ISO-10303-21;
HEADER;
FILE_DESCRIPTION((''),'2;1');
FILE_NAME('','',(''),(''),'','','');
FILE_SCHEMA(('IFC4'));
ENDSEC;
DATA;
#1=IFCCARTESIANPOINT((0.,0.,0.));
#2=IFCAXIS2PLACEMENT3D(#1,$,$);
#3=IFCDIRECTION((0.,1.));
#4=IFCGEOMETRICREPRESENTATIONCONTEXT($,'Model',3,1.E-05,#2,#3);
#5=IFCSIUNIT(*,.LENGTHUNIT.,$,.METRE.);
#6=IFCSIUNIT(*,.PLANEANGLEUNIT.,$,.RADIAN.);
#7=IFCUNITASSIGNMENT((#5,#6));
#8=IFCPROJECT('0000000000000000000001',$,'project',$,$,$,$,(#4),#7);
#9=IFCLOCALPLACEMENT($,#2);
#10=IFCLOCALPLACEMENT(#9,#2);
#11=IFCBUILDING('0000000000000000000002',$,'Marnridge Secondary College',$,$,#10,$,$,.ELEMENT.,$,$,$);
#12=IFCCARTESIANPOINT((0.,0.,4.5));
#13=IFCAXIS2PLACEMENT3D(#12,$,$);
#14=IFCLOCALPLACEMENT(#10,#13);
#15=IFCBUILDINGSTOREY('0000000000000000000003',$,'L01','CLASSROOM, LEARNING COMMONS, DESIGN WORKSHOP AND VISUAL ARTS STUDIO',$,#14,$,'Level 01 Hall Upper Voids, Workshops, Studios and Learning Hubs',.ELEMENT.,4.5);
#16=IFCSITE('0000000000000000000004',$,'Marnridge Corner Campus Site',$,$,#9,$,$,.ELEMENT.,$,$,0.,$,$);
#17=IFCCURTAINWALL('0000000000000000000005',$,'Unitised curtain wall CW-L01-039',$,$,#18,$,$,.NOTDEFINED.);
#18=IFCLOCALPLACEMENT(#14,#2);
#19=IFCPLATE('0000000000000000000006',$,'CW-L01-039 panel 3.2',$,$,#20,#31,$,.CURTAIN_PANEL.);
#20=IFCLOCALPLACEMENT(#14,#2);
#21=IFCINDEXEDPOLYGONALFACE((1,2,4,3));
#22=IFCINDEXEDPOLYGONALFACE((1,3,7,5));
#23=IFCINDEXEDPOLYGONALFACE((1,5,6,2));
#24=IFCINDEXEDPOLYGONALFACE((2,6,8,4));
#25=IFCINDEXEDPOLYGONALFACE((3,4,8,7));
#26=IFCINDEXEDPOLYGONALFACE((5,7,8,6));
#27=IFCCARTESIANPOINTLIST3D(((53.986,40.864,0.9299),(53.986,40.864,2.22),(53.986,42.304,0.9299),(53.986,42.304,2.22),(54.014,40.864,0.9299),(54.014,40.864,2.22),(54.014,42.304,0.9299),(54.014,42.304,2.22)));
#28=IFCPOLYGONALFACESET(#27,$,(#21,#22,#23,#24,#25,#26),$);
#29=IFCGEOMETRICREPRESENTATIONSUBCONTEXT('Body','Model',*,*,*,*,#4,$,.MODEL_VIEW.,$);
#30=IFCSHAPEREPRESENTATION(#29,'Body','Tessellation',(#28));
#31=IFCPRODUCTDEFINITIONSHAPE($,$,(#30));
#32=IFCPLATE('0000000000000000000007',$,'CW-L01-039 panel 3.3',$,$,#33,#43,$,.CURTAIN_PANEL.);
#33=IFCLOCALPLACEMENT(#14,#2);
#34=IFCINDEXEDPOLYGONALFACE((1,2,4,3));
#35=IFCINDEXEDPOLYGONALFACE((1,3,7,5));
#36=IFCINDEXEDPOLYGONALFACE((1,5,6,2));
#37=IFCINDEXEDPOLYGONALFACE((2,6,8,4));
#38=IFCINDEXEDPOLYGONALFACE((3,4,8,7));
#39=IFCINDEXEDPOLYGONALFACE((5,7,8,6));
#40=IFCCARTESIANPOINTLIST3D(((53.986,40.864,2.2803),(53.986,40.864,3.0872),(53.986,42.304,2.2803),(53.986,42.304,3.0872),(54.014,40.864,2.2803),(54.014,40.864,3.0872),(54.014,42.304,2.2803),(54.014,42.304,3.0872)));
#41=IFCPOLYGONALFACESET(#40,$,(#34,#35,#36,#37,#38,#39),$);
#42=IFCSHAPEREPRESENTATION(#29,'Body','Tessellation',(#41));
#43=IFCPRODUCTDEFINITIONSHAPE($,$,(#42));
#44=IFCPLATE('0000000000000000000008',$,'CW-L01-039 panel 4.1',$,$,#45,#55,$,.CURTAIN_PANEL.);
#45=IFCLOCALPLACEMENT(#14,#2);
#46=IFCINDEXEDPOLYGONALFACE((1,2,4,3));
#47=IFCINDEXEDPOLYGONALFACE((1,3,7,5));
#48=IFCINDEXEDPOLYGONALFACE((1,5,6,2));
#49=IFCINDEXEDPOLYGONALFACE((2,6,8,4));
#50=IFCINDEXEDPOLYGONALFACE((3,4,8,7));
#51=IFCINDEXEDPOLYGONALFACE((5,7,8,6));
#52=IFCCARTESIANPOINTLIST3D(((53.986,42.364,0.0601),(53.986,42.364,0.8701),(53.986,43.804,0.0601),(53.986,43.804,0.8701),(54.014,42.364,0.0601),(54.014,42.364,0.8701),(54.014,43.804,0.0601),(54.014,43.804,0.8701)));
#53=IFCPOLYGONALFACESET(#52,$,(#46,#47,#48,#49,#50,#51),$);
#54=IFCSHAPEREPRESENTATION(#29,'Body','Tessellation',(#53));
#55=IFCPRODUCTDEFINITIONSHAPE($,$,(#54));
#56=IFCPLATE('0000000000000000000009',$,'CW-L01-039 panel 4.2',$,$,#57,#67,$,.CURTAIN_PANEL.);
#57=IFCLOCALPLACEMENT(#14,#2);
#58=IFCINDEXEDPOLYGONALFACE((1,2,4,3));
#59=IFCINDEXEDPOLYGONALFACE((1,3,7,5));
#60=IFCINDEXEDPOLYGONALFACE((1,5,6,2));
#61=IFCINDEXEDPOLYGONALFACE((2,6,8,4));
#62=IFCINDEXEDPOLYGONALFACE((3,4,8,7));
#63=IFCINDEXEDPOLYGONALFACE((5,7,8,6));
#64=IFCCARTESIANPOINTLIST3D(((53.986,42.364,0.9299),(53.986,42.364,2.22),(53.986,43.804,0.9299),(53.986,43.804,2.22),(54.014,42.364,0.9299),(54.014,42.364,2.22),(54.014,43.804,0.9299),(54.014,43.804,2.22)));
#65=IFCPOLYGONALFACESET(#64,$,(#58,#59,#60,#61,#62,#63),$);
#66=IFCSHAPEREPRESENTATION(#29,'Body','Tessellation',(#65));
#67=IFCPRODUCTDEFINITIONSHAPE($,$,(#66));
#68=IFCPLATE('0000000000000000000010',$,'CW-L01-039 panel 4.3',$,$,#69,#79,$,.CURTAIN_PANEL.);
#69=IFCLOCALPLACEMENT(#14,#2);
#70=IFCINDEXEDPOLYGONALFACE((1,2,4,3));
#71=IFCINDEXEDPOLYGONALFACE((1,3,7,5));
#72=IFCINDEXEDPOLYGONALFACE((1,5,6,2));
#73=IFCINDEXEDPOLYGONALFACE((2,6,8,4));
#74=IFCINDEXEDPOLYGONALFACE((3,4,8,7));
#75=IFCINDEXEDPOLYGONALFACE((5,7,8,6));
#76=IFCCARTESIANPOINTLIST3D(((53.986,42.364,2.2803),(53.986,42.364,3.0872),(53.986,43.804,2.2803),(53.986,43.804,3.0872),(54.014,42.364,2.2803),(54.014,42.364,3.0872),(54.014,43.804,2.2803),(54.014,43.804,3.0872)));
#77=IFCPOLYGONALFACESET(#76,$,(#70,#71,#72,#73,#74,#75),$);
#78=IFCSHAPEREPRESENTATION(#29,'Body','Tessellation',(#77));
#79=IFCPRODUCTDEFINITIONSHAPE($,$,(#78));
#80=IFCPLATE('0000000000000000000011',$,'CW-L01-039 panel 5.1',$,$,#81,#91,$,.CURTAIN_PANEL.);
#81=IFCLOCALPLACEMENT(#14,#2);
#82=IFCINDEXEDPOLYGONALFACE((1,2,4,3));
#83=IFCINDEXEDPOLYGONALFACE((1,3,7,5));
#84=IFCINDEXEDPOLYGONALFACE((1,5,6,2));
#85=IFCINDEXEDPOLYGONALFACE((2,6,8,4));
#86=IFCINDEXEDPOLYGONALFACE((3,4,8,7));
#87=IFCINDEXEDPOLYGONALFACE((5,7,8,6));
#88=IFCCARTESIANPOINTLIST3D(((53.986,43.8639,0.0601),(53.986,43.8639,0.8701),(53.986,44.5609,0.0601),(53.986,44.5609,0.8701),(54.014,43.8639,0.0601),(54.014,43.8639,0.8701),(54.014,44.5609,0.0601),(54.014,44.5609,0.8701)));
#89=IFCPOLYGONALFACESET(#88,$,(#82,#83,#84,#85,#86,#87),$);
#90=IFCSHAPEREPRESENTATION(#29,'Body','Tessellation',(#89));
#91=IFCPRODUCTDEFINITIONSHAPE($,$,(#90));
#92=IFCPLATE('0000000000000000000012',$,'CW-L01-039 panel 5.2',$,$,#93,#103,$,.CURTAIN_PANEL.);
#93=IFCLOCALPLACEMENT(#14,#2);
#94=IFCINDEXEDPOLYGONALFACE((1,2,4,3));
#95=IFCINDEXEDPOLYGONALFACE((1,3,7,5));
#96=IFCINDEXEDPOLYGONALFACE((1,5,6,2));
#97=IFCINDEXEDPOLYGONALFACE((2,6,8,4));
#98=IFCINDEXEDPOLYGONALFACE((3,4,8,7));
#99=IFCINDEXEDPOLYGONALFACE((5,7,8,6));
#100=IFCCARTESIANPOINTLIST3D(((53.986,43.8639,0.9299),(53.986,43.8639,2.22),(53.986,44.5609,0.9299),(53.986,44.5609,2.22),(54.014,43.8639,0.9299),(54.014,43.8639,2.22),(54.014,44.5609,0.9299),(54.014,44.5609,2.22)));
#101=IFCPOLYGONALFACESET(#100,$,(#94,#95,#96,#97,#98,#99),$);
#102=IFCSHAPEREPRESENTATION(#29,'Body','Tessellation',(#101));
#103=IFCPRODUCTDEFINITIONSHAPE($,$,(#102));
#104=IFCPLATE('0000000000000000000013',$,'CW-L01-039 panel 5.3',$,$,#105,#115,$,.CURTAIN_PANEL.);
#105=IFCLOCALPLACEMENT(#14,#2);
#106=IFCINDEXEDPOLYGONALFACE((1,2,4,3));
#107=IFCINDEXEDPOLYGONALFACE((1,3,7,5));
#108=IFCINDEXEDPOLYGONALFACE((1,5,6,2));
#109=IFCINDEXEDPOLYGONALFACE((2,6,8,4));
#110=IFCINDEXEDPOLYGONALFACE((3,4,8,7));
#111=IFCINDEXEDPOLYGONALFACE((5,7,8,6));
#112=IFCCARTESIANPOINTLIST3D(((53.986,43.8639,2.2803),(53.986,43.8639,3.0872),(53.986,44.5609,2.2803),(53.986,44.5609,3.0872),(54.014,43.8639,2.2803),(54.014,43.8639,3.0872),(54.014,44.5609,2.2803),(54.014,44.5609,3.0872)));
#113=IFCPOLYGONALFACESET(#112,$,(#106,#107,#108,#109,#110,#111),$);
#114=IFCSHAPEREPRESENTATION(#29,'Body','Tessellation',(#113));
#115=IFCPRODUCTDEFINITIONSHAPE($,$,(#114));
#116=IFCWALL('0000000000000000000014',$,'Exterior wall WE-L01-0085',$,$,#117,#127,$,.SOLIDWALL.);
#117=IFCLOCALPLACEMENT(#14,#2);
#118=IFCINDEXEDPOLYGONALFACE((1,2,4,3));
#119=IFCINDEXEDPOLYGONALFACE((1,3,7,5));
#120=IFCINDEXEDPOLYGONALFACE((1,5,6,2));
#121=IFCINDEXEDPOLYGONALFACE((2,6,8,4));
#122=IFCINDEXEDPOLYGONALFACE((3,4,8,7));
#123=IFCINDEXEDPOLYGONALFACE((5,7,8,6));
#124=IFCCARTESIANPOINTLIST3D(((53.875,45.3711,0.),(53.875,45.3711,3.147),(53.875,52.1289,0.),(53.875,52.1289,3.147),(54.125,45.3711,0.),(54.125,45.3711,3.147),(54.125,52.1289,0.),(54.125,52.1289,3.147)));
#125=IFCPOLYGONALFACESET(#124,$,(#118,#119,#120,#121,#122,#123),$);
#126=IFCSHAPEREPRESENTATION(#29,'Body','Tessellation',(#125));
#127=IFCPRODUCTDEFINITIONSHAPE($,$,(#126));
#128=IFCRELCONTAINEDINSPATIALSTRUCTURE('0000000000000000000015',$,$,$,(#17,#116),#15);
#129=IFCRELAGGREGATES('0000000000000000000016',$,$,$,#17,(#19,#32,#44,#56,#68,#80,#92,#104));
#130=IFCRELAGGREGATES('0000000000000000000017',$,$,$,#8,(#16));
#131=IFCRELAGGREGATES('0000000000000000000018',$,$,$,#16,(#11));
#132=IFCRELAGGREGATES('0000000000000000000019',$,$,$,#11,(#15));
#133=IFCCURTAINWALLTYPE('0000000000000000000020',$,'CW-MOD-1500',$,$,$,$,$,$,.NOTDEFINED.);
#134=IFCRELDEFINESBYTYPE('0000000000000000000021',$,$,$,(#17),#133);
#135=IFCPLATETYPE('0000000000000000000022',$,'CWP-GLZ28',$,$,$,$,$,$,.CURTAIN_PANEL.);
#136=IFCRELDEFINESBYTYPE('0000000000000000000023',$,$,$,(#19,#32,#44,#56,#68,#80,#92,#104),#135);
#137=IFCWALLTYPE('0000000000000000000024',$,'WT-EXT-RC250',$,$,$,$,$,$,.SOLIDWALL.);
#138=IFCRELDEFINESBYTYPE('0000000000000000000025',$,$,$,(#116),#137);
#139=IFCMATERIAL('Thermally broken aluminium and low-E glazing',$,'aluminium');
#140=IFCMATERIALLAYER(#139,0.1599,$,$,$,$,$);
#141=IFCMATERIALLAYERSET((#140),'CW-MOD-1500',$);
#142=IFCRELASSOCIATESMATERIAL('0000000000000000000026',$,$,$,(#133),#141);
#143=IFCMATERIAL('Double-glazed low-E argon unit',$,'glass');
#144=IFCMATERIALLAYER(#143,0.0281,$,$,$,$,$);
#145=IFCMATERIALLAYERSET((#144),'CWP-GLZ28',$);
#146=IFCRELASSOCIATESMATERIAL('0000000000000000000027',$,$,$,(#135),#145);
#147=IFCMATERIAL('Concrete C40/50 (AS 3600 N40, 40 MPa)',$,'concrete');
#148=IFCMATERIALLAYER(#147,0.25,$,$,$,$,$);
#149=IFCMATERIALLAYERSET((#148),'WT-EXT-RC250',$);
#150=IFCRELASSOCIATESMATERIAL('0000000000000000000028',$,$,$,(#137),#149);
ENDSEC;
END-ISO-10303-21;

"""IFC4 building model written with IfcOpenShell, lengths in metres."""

from ifc_helpers import new_model, si_unit, direction, frame, frame_2d, origin, origin_2d, place, context, subcontext, project, spatial, rectangle, extrude, material, layer, layer_set, type_object, element, aggregate, save


model = new_model("IFC4")

# Units and contexts
model_context = context("Model", 3, precision=1e-05, world=origin(), true_north=direction((0.0, 1.0)))
body_context = subcontext(model_context, "Body", "Model", "MODEL_VIEW")
ifc_project = project(units=[si_unit("LENGTHUNIT", "METRE"), si_unit("PLANEANGLEUNIT", "RADIAN")], contexts=[model_context])

# Site, building, storey
site_placement = place(None, origin())
site = spatial("IfcSite", under=ifc_project, at=site_placement, Name="Marnridge Corner Campus Site", CompositionType="ELEMENT", RefElevation=0.0)
building_placement = place(site_placement, origin())
building = spatial("IfcBuilding", under=site, at=building_placement, Name="Marnridge Secondary College", CompositionType="ELEMENT")
storey_placement = place(building_placement, frame((0.0, 0.0, 4.5)))
storey = spatial("IfcBuildingStorey", under=building, at=storey_placement, Name="L01", Description="CLASSROOM, LEARNING COMMONS, DESIGN WORKSHOP AND VISUAL ARTS STUDIO", LongName="Level 01 Hall Upper Voids, Workshops, Studios and Learning Hubs", CompositionType="ELEMENT", Elevation=4.5)

# Curtain wall, plates
ifc_material_1 = material(Name="Thermally broken aluminium and low-E glazing", Category="aluminium")
ifc_layer_1 = layer(ifc_material_1, 0.1599)
ifc_layer_set_1 = layer_set([ifc_layer_1], Name="CW-MOD-1500")
curtain_wall_type = type_object("IfcCurtainWallType", Name="CW-MOD-1500", PredefinedType="NOTDEFINED", material=ifc_layer_set_1)
curtain_wall_placement = place(storey_placement, origin())
curtain_wall = element("IfcCurtainWall", 1, at=curtain_wall_placement, inside=storey, type_object=curtain_wall_type, Name="Unitised curtain wall CW-L01-039", PredefinedType="NOTDEFINED")
ifc_material_2 = material(Name="Double-glazed low-E argon unit", Category="glass")
ifc_layer_2 = layer(ifc_material_2, 0.0281)
ifc_layer_set_2 = layer_set([ifc_layer_2], Name="CWP-GLZ28")
plate_type = type_object("IfcPlateType", Name="CWP-GLZ28", PredefinedType="CURTAIN_PANEL", material=ifc_layer_set_2)
plate_1_placement = place(storey_placement, frame((54.0, 41.584, 0.9299), z_axis=(0.0, 0.0, 1.0), x_axis=(0.0, 1.0, 0.0)))
plate_1 = element("IfcPlate", 2, at=plate_1_placement, type_object=plate_type, Name="CW-L01-039 panel 3.2", PredefinedType="CURTAIN_PANEL", context=body_context, shape_type="SweptSolid", body=[
    extrude(rectangle(XDim=1.4399, YDim=0.0281, at=origin_2d()), origin(), (0.0, 0.0, 1.0), 1.29),
])
plate_2_placement = place(storey_placement, frame((54.0, 41.584, 2.2803), z_axis=(0.0, 0.0, 1.0), x_axis=(0.0, 1.0, 0.0)))
plate_2 = element("IfcPlate", 3, at=plate_2_placement, type_object=plate_type, Name="CW-L01-039 panel 3.3", PredefinedType="CURTAIN_PANEL", context=body_context, shape_type="SweptSolid", body=[
    extrude(rectangle(XDim=1.4399, YDim=0.0281, at=origin_2d()), origin(), (0.0, 0.0, 1.0), 0.8069),
])
plate_3_placement = place(storey_placement, frame((54.0, 43.084, 0.0601), z_axis=(0.0, 0.0, 1.0), x_axis=(0.0, 1.0, 0.0)))
plate_3 = element("IfcPlate", 4, at=plate_3_placement, type_object=plate_type, Name="CW-L01-039 panel 4.1", PredefinedType="CURTAIN_PANEL", context=body_context, shape_type="SweptSolid", body=[
    extrude(rectangle(XDim=1.4399, YDim=0.0281, at=origin_2d()), origin(), (0.0, 0.0, 1.0), 0.8101),
])
plate_4_placement = place(storey_placement, frame((54.0, 43.084, 0.9299), z_axis=(0.0, 0.0, 1.0), x_axis=(0.0, 1.0, 0.0)))
plate_4 = element("IfcPlate", 5, at=plate_4_placement, type_object=plate_type, Name="CW-L01-039 panel 4.2", PredefinedType="CURTAIN_PANEL", context=body_context, shape_type="SweptSolid", body=[
    extrude(rectangle(XDim=1.4399, YDim=0.0281, at=origin_2d()), origin(), (0.0, 0.0, 1.0), 1.29),
])
plate_5_placement = place(storey_placement, frame((54.0, 43.084, 2.2803), z_axis=(0.0, 0.0, 1.0), x_axis=(0.0, 1.0, 0.0)))
plate_5 = element("IfcPlate", 6, at=plate_5_placement, type_object=plate_type, Name="CW-L01-039 panel 4.3", PredefinedType="CURTAIN_PANEL", context=body_context, shape_type="SweptSolid", body=[
    extrude(rectangle(XDim=1.4399, YDim=0.0281, at=origin_2d()), origin(), (0.0, 0.0, 1.0), 0.8069),
])
plate_6_placement = place(storey_placement, frame((54.0, 44.2124, 0.0601), z_axis=(0.0, 0.0, 1.0), x_axis=(0.0, 1.0, 0.0)))
plate_6 = element("IfcPlate", 7, at=plate_6_placement, type_object=plate_type, Name="CW-L01-039 panel 5.1", PredefinedType="CURTAIN_PANEL", context=body_context, shape_type="SweptSolid", body=[
    extrude(rectangle(XDim=0.697, YDim=0.0281, at=origin_2d()), origin(), (0.0, 0.0, 1.0), 0.8101),
])
plate_7_placement = place(storey_placement, frame((54.0, 44.2124, 0.9299), z_axis=(0.0, 0.0, 1.0), x_axis=(0.0, 1.0, 0.0)))
plate_7 = element("IfcPlate", 8, at=plate_7_placement, type_object=plate_type, Name="CW-L01-039 panel 5.2", PredefinedType="CURTAIN_PANEL", context=body_context, shape_type="SweptSolid", body=[
    extrude(rectangle(XDim=0.697, YDim=0.0281, at=origin_2d()), origin(), (0.0, 0.0, 1.0), 1.29),
])
plate_8_placement = place(storey_placement, frame((54.0, 44.2124, 2.2803), z_axis=(0.0, 0.0, 1.0), x_axis=(0.0, 1.0, 0.0)))
plate_8 = element("IfcPlate", 9, at=plate_8_placement, type_object=plate_type, Name="CW-L01-039 panel 5.3", PredefinedType="CURTAIN_PANEL", context=body_context, shape_type="SweptSolid", body=[
    extrude(rectangle(XDim=0.697, YDim=0.0281, at=origin_2d()), origin(), (0.0, 0.0, 1.0), 0.8069),
])
aggregate(curtain_wall, [plate_1, plate_2, plate_3, plate_4, plate_5, plate_6, plate_7, plate_8])

# Wall
ifc_material_3 = material(Name="Concrete C40/50 (AS 3600 N40, 40 MPa)", Category="concrete")
ifc_layer_3 = layer(ifc_material_3, 0.25)
ifc_layer_set_3 = layer_set([ifc_layer_3], Name="WT-EXT-RC250")
wall_type = type_object("IfcWallType", Name="WT-EXT-RC250", PredefinedType="SOLIDWALL", material=ifc_layer_set_3)
wall_placement = place(storey_placement, frame((54.0, 45.3711, 0.0), z_axis=(0.0, 0.0, 1.0), x_axis=(0.0, 1.0, 0.0)))
element("IfcWall", 10, at=wall_placement, inside=storey, type_object=wall_type, Name="Exterior wall WE-L01-0085", PredefinedType="SOLIDWALL", context=body_context, shape_type="SweptSolid", body=[
    extrude(rectangle(XDim=6.7578, YDim=0.25, at=frame_2d((3.3789, 0.0))), origin(), (0.0, 0.0, 1.0), 3.147),
])

save(model, "model.ifc")
